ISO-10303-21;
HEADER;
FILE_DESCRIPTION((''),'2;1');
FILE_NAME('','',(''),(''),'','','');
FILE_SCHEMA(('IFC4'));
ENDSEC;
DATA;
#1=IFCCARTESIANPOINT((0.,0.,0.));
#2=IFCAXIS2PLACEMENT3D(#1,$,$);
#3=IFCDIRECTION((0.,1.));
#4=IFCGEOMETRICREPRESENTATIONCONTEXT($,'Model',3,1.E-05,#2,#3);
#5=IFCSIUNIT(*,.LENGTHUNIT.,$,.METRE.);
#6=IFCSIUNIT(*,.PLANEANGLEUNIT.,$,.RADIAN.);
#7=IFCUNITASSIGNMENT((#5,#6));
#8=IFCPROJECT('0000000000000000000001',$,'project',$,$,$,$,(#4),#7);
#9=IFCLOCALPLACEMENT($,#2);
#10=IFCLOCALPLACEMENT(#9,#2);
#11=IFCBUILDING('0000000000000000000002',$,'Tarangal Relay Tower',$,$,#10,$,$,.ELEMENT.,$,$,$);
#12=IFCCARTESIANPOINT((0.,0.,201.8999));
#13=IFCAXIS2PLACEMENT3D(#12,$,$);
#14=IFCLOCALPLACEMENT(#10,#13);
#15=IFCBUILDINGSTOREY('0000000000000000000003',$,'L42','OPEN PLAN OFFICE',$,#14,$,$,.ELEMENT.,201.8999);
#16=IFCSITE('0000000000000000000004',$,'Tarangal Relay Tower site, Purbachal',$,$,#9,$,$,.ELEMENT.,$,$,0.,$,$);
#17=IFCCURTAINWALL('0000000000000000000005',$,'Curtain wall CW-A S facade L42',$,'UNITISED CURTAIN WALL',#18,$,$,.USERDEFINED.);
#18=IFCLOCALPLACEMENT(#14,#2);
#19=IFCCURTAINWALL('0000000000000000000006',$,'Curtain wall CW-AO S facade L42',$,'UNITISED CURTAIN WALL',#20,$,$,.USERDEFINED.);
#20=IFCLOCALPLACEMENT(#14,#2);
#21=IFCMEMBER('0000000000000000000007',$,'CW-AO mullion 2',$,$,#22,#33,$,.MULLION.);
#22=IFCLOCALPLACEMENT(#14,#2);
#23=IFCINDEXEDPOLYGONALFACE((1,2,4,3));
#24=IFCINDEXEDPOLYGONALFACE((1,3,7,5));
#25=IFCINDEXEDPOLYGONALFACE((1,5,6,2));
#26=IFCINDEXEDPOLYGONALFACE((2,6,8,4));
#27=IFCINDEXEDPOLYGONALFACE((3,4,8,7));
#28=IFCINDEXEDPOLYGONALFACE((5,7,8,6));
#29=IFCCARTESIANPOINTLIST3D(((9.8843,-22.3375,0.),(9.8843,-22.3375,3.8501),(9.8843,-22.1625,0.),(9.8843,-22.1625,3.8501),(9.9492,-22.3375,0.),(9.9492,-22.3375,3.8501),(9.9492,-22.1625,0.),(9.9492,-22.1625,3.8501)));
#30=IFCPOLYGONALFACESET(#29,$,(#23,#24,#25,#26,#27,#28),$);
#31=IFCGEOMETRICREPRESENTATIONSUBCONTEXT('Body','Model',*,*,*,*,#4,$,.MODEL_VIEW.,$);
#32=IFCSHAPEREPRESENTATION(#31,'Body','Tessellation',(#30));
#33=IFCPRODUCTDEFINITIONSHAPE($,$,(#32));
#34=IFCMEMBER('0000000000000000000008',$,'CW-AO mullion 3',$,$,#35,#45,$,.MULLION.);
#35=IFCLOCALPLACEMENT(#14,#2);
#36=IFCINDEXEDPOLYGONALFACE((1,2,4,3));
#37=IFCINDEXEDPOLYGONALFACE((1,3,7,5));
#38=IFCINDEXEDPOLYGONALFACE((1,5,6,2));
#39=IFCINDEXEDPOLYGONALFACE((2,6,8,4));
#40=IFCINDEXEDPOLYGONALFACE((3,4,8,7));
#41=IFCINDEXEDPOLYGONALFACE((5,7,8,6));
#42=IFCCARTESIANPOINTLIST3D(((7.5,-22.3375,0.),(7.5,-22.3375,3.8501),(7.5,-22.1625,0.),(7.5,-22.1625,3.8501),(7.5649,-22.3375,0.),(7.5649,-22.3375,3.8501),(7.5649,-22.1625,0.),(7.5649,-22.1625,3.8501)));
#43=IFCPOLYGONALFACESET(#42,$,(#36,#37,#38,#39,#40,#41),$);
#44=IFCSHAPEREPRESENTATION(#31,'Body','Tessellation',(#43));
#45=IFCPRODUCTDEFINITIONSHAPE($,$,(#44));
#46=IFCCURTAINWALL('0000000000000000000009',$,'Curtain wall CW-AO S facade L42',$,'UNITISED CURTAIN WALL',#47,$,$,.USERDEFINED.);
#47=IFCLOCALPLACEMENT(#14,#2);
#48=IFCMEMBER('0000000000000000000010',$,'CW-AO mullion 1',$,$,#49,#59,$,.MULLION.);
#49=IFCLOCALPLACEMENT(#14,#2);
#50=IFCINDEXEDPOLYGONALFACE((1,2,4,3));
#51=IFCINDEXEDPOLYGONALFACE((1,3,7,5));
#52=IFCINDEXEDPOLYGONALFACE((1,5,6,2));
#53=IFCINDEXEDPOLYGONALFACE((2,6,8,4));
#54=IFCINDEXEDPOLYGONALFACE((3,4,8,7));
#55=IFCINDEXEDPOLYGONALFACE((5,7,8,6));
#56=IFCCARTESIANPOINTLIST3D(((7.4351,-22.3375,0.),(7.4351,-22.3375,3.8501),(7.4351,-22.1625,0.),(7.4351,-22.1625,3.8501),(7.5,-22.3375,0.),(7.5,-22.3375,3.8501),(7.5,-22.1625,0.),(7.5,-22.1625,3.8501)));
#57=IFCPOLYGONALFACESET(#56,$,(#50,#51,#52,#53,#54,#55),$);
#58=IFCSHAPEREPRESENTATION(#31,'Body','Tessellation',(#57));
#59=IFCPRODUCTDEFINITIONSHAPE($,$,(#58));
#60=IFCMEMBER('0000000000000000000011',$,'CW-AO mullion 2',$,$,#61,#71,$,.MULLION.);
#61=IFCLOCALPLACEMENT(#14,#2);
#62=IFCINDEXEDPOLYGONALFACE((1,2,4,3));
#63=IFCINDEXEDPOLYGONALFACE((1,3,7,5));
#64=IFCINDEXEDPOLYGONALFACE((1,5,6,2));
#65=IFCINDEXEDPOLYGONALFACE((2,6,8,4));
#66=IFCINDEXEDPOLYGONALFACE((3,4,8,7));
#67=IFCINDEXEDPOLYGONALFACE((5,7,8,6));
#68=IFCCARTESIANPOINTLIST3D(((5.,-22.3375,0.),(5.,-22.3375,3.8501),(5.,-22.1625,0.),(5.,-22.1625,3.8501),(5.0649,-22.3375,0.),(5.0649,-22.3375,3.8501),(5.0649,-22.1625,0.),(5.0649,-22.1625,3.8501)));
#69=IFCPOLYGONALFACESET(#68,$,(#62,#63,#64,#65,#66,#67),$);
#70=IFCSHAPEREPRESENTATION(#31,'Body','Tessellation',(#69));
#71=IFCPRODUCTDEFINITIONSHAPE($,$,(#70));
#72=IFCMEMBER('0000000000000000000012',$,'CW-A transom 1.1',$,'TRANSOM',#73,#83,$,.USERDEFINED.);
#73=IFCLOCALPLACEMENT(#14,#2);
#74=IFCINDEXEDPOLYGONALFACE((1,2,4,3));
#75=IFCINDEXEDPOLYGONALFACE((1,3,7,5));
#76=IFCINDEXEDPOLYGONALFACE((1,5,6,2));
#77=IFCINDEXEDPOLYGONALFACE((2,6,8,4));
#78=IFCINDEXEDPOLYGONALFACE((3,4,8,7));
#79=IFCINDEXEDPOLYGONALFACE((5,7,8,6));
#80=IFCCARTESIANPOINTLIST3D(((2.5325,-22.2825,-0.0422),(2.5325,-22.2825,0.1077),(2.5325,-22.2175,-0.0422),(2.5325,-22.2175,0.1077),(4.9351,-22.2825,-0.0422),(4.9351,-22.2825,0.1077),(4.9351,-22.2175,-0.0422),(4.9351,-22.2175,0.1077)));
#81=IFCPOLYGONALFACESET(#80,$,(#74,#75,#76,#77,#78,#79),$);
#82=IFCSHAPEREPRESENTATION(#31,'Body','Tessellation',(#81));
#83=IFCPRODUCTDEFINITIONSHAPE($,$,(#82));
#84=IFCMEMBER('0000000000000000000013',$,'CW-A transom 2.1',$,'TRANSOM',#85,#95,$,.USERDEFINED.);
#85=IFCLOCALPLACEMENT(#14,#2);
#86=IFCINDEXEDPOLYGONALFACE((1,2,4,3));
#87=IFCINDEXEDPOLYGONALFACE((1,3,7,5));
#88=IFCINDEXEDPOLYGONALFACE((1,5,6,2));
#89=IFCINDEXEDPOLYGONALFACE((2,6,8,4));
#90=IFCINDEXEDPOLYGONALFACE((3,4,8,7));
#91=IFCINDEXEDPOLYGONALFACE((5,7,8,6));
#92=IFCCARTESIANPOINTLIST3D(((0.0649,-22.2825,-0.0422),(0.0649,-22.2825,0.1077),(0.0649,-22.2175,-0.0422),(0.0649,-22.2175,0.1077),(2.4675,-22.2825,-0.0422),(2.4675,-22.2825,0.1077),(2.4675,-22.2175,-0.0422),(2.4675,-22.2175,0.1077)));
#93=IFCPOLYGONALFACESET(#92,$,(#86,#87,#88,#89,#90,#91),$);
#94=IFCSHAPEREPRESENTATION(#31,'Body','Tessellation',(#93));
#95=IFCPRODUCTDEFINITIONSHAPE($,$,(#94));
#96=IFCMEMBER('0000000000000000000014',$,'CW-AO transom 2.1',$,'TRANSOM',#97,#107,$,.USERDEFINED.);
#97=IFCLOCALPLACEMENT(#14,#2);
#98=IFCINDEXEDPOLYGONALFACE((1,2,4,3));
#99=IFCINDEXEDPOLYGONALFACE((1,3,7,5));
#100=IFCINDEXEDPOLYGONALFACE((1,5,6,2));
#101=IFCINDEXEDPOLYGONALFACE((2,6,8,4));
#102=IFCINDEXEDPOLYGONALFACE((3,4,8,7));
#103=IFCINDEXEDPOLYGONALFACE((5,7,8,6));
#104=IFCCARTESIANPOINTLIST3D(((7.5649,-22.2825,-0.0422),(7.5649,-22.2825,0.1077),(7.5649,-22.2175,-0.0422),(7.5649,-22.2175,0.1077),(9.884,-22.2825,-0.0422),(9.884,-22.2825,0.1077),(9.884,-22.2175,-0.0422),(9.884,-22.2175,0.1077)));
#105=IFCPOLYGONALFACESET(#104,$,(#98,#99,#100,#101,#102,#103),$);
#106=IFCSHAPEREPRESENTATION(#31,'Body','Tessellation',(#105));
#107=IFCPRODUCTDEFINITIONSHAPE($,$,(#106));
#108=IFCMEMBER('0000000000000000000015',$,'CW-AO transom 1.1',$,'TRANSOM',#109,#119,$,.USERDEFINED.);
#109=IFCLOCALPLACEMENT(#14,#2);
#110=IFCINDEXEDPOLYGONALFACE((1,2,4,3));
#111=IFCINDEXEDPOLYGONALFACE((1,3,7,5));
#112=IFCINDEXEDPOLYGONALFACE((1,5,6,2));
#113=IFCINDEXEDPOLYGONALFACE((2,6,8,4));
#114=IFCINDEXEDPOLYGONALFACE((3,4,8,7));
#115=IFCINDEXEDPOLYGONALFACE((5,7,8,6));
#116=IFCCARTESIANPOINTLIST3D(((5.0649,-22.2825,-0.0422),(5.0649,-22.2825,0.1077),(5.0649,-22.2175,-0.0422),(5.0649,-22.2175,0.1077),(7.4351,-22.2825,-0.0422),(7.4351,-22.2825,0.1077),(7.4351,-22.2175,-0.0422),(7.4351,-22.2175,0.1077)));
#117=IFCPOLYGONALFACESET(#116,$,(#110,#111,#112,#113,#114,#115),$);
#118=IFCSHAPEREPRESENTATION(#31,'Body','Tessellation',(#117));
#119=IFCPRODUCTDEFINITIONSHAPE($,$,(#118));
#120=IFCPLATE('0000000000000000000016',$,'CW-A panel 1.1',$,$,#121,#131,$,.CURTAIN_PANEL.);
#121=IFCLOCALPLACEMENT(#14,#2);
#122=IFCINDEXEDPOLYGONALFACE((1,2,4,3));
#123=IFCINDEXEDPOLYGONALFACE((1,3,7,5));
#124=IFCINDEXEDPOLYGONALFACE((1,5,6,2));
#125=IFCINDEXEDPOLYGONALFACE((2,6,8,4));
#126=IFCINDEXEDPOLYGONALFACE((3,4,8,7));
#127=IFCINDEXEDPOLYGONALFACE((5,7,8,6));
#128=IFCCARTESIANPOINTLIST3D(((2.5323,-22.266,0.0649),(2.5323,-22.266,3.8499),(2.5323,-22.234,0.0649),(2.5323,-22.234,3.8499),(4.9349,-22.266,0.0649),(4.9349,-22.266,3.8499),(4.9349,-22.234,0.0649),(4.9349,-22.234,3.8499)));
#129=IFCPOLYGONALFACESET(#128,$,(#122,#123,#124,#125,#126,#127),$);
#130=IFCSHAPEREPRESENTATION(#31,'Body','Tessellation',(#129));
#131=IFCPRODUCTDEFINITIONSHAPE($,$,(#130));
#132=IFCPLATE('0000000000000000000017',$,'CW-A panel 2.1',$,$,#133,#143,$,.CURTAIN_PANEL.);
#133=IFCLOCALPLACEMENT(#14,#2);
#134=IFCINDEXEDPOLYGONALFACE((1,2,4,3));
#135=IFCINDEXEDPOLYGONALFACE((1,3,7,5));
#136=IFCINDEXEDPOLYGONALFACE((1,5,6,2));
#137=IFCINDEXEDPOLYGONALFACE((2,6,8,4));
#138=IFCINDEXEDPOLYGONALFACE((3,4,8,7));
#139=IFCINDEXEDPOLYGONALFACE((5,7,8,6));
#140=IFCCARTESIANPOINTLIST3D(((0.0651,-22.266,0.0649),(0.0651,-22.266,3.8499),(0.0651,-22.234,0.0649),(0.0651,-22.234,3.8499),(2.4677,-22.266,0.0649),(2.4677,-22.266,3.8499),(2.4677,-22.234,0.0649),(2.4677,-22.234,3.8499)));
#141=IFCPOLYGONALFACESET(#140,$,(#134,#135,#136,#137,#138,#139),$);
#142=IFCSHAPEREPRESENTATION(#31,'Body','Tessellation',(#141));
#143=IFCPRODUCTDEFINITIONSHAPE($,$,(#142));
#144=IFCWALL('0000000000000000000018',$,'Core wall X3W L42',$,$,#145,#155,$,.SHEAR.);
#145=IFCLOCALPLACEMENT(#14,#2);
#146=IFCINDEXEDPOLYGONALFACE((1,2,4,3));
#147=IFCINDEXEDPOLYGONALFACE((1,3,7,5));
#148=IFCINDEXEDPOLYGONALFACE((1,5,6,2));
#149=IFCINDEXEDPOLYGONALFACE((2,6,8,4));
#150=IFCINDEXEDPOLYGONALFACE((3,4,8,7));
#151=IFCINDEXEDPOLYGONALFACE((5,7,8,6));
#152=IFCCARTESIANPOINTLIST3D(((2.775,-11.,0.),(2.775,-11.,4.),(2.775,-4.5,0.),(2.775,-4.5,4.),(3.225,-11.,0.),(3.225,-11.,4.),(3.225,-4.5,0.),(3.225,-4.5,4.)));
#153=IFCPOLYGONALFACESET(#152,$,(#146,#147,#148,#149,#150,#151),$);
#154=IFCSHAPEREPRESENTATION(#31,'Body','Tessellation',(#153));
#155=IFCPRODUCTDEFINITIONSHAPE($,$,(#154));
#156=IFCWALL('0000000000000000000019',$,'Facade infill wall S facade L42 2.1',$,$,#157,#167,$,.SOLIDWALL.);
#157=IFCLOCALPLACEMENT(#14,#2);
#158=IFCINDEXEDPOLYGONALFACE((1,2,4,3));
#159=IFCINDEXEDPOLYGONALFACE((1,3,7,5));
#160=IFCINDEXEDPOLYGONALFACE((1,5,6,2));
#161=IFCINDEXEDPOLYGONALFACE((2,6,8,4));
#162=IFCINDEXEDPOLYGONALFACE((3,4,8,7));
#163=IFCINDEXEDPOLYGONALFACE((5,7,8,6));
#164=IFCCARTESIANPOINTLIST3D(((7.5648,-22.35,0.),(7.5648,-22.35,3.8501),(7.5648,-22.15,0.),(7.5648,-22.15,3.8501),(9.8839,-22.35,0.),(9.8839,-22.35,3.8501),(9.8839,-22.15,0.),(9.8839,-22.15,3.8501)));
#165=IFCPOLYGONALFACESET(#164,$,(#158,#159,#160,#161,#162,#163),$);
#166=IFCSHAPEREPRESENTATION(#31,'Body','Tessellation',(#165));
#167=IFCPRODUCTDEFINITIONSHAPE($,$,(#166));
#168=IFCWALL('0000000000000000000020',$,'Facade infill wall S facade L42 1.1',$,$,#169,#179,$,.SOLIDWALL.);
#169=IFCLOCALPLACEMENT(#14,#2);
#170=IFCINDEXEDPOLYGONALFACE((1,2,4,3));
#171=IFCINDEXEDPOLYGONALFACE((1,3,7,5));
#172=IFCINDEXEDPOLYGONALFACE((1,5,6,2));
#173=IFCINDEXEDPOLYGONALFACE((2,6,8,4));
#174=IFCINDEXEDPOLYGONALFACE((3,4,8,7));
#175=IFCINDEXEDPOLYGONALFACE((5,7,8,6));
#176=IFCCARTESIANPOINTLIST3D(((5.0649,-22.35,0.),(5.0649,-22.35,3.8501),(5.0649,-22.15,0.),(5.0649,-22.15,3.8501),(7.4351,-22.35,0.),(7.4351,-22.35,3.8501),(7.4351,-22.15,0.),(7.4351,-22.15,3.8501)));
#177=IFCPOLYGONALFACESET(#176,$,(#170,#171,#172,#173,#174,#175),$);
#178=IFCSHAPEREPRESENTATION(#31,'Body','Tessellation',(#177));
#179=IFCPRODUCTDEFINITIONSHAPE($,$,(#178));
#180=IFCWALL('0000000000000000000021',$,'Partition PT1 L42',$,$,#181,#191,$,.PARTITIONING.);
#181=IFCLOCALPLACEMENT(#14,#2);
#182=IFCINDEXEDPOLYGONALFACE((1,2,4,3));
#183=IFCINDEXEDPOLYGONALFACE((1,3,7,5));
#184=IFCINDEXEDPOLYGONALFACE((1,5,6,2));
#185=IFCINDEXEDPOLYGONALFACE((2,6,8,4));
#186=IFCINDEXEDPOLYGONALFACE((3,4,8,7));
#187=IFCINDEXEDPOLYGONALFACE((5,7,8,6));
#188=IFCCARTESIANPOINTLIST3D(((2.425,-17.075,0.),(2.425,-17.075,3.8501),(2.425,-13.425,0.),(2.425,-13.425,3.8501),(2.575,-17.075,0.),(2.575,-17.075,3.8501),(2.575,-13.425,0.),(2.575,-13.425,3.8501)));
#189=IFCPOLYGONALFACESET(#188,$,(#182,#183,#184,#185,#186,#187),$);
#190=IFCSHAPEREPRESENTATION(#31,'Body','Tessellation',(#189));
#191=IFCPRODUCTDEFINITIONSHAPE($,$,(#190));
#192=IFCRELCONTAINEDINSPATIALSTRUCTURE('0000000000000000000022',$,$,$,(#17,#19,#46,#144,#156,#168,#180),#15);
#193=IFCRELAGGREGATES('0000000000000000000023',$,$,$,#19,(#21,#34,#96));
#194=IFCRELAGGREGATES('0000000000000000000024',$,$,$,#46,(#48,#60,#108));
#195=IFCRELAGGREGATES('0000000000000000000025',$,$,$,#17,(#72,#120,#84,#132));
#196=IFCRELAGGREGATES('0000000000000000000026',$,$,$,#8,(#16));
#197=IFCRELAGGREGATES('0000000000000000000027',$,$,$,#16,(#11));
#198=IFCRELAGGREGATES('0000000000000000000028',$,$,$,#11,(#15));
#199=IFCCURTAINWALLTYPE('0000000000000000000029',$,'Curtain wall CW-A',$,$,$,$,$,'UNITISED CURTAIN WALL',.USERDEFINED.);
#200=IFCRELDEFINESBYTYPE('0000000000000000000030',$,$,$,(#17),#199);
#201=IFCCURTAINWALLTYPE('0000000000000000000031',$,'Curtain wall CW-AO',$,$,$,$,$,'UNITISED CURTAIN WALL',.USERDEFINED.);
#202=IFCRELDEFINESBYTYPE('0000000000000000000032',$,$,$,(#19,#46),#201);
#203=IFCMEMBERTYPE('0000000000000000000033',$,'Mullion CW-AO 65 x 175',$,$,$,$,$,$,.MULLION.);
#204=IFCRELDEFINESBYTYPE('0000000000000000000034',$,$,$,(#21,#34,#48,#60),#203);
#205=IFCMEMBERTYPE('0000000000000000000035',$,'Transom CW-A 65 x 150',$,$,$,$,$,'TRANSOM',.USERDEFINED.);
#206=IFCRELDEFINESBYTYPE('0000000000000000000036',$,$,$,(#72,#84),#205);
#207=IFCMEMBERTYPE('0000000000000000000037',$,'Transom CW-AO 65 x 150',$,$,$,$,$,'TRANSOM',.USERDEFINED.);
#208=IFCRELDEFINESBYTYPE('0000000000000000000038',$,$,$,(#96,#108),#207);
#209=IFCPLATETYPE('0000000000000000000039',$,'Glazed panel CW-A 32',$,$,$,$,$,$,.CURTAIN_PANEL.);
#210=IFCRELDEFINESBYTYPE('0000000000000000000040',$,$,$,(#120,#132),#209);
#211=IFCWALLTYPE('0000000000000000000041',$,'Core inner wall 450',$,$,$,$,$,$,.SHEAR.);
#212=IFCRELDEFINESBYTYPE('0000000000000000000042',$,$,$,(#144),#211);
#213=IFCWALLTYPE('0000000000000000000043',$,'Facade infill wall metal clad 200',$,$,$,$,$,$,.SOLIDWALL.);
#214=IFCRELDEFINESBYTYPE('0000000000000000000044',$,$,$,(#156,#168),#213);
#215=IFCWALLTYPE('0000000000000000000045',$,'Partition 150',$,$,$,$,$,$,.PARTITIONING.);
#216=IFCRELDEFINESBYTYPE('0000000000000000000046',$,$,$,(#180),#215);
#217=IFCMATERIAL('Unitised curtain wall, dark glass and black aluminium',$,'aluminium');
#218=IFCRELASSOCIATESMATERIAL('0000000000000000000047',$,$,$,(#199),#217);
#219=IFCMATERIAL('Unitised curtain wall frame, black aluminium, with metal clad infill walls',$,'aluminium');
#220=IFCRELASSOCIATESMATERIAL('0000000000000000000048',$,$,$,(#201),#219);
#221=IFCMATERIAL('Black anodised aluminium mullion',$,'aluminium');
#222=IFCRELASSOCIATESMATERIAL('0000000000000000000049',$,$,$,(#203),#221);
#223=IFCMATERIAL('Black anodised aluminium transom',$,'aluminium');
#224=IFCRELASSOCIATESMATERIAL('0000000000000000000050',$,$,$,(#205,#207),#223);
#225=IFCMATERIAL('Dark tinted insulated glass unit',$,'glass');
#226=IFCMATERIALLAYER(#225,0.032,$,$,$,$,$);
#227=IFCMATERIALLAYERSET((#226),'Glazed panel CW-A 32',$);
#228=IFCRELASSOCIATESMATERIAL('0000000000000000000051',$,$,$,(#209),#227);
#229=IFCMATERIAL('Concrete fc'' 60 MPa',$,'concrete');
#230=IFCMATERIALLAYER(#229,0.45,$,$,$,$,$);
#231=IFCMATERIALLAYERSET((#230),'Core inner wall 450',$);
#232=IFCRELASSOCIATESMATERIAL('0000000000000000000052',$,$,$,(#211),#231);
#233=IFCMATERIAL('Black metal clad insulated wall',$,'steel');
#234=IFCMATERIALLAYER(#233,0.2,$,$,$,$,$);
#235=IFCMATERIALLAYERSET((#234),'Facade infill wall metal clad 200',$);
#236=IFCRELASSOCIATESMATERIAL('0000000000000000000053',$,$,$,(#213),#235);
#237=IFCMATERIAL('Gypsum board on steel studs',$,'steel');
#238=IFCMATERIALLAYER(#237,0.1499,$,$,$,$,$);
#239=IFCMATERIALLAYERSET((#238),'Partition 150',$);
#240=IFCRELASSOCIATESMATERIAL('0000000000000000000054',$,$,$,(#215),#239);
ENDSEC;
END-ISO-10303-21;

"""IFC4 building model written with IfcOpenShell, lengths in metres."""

from ifc_helpers import new_model, si_unit, direction, frame, frame_2d, origin, origin_2d, place, context, subcontext, project, spatial, rectangle, extrude, material, layer, layer_set, material_profile, profile_set, type_object, element, aggregate, save


model = new_model("IFC4")

# Units and contexts
model_context = context("Model", 3, precision=1e-05, world=origin(), true_north=direction((0.0, 1.0)))
body_context = subcontext(model_context, "Body", "Model", "MODEL_VIEW")
ifc_project = project(units=[si_unit("LENGTHUNIT", "METRE"), si_unit("PLANEANGLEUNIT", "RADIAN")], contexts=[model_context])

# Site, building, storey
site_placement = place(None, origin())
site = spatial("IfcSite", under=ifc_project, at=site_placement, Name="Tarangal Relay Tower site, Purbachal", CompositionType="ELEMENT", RefElevation=0.0)
building_placement = place(site_placement, origin())
building = spatial("IfcBuilding", under=site, at=building_placement, Name="Tarangal Relay Tower", CompositionType="ELEMENT")
storey_placement = place(building_placement, frame((0.0, 0.0, 201.8999)))
storey = spatial("IfcBuildingStorey", under=building, at=storey_placement, Name="L42", Description="OPEN PLAN OFFICE", CompositionType="ELEMENT", Elevation=201.8999)

# Curtain walls, members
ifc_material_1 = material(Name="Unitised curtain wall, dark glass and black aluminium", Category="aluminium")
curtain_wall_type_1 = type_object("IfcCurtainWallType", Name="Curtain wall CW-A", ElementType="UNITISED CURTAIN WALL", PredefinedType="USERDEFINED", material=ifc_material_1)
curtain_wall_1_placement = place(storey_placement, origin())
curtain_wall_1 = element("IfcCurtainWall", 1, at=curtain_wall_1_placement, inside=storey, type_object=curtain_wall_type_1, Name="Curtain wall CW-A S facade L42", ObjectType="UNITISED CURTAIN WALL", PredefinedType="USERDEFINED")
ifc_material_2 = material(Name="Black anodised aluminium mullion", Category="aluminium")
ifc_material_3 = material(Name="Unitised curtain wall frame, black aluminium, with metal clad infill walls", Category="aluminium")
curtain_wall_type_2 = type_object("IfcCurtainWallType", Name="Curtain wall CW-AO", ElementType="UNITISED CURTAIN WALL", PredefinedType="USERDEFINED", material=ifc_material_3)
curtain_wall_2_placement = place(storey_placement, origin())
curtain_wall_2 = element("IfcCurtainWall", 2, at=curtain_wall_2_placement, inside=storey, type_object=curtain_wall_type_2, Name="Curtain wall CW-AO S facade L42", ObjectType="UNITISED CURTAIN WALL", PredefinedType="USERDEFINED")
ifc_material_profile_1 = material_profile(ifc_material_2, rectangle(XDim=0.175, YDim=0.0649, at=origin_2d()), Name="CW-AOM 65X175")
ifc_profile_set_1 = profile_set([ifc_material_profile_1], Name="Black anodised aluminium mullion")
member_type_1 = type_object("IfcMemberType", Name="Mullion CW-AO 65 x 175", PredefinedType="MULLION", material=ifc_profile_set_1)
member_1_placement = place(storey_placement, frame((9.9167, -22.25, 0.0), z_axis=(0.0, 0.0, 1.0), x_axis=(0.0, -1.0, 0.0)))
member_1 = element("IfcMember", 3, at=member_1_placement, type_object=member_type_1, Name="CW-AO mullion 2", PredefinedType="MULLION", context=body_context, shape_type="SweptSolid", body=[
    extrude(rectangle(XDim=0.175, YDim=0.0649, at=origin_2d()), origin(), (0.0, 0.0, 1.0), 3.8501),
])
member_2_placement = place(storey_placement, frame((7.5325, -22.25, 0.0), z_axis=(0.0, 0.0, 1.0), x_axis=(0.0, -1.0, 0.0)))
member_2 = element("IfcMember", 4, at=member_2_placement, type_object=member_type_1, Name="CW-AO mullion 3", PredefinedType="MULLION", context=body_context, shape_type="SweptSolid", body=[
    extrude(rectangle(XDim=0.175, YDim=0.0649, at=origin_2d()), origin(), (0.0, 0.0, 1.0), 3.8501),
])
curtain_wall_3_placement = place(storey_placement, origin())
curtain_wall_3 = element("IfcCurtainWall", 5, at=curtain_wall_3_placement, inside=storey, type_object=curtain_wall_type_2, Name="Curtain wall CW-AO S facade L42", ObjectType="UNITISED CURTAIN WALL", PredefinedType="USERDEFINED")
member_3_placement = place(storey_placement, frame((7.4675, -22.25, 0.0), z_axis=(0.0, 0.0, 1.0), x_axis=(0.0, -1.0, 0.0)))
member_3 = element("IfcMember", 6, at=member_3_placement, type_object=member_type_1, Name="CW-AO mullion 1", PredefinedType="MULLION", context=body_context, shape_type="SweptSolid", body=[
    extrude(rectangle(XDim=0.175, YDim=0.0649, at=origin_2d()), origin(), (0.0, 0.0, 1.0), 3.8501),
])
member_4_placement = place(storey_placement, frame((5.0325, -22.25, 0.0), z_axis=(0.0, 0.0, 1.0), x_axis=(0.0, -1.0, 0.0)))
member_4 = element("IfcMember", 7, at=member_4_placement, type_object=member_type_1, Name="CW-AO mullion 2", PredefinedType="MULLION", context=body_context, shape_type="SweptSolid", body=[
    extrude(rectangle(XDim=0.175, YDim=0.0649, at=origin_2d()), origin(), (0.0, 0.0, 1.0), 3.8501),
])

# Members
ifc_material_4 = material(Name="Black anodised aluminium transom", Category="aluminium")
ifc_material_profile_2 = material_profile(ifc_material_4, rectangle(XDim=0.0649, YDim=0.1499, at=origin_2d()), Name="CW-AT 65X150")
ifc_profile_set_2 = profile_set([ifc_material_profile_2], Name="Black anodised aluminium transom")
member_type_2 = type_object("IfcMemberType", Name="Transom CW-A 65 x 150", ElementType="TRANSOM", PredefinedType="USERDEFINED", material=ifc_profile_set_2)
member_5_placement = place(storey_placement, frame((4.9351, -22.25, 0.0327), z_axis=(-1.0, 0.0, 0.0), x_axis=(0.0, -1.0, 0.0)))
member_5 = element("IfcMember", 8, at=member_5_placement, type_object=member_type_2, Name="CW-A transom 1.1", ObjectType="TRANSOM", PredefinedType="USERDEFINED", context=body_context, shape_type="SweptSolid", body=[
    extrude(rectangle(XDim=0.0649, YDim=0.1499, at=origin_2d()), origin(), (0.0, 0.0, 1.0), 2.4026),
])
member_6_placement = place(storey_placement, frame((2.4675, -22.25, 0.0327), z_axis=(-1.0, 0.0, 0.0), x_axis=(0.0, -1.0, 0.0)))
member_6 = element("IfcMember", 9, at=member_6_placement, type_object=member_type_2, Name="CW-A transom 2.1", ObjectType="TRANSOM", PredefinedType="USERDEFINED", context=body_context, shape_type="SweptSolid", body=[
    extrude(rectangle(XDim=0.0649, YDim=0.1499, at=origin_2d()), origin(), (0.0, 0.0, 1.0), 2.4026),
])
ifc_material_profile_3 = material_profile(ifc_material_4, rectangle(XDim=0.0649, YDim=0.1499, at=origin_2d()), Name="CW-AOT 65X150")
ifc_profile_set_3 = profile_set([ifc_material_profile_3], Name="Black anodised aluminium transom")
member_type_3 = type_object("IfcMemberType", Name="Transom CW-AO 65 x 150", ElementType="TRANSOM", PredefinedType="USERDEFINED", material=ifc_profile_set_3)
member_7_placement = place(storey_placement, frame((9.884, -22.25, 0.0327), z_axis=(-1.0, 0.0, 0.0), x_axis=(0.0, -1.0, 0.0)))
member_7 = element("IfcMember", 10, at=member_7_placement, type_object=member_type_3, Name="CW-AO transom 2.1", ObjectType="TRANSOM", PredefinedType="USERDEFINED", context=body_context, shape_type="SweptSolid", body=[
    extrude(rectangle(XDim=0.0649, YDim=0.1499, at=origin_2d()), origin(), (0.0, 0.0, 1.0), 2.3191),
])
aggregate(curtain_wall_2, [member_1, member_2, member_7])
member_8_placement = place(storey_placement, frame((7.4351, -22.25, 0.0327), z_axis=(-1.0, 0.0, 0.0), x_axis=(0.0, -1.0, 0.0)))
member_8 = element("IfcMember", 11, at=member_8_placement, type_object=member_type_3, Name="CW-AO transom 1.1", ObjectType="TRANSOM", PredefinedType="USERDEFINED", context=body_context, shape_type="SweptSolid", body=[
    extrude(rectangle(XDim=0.0649, YDim=0.1499, at=origin_2d()), origin(), (0.0, 0.0, 1.0), 2.3701),
])
aggregate(curtain_wall_3, [member_3, member_4, member_8])

# Plates
ifc_material_5 = material(Name="Dark tinted insulated glass unit", Category="glass")
ifc_layer_1 = layer(ifc_material_5, 0.032)
ifc_layer_set_1 = layer_set([ifc_layer_1], Name="Glazed panel CW-A 32")
plate_type = type_object("IfcPlateType", Name="Glazed panel CW-A 32", PredefinedType="CURTAIN_PANEL", material=ifc_layer_set_1)
plate_1_placement = place(storey_placement, frame((3.7336, -22.25, 0.0649), z_axis=(0.0, 0.0, 1.0), x_axis=(-1.0, 0.0, 0.0)))
plate_1 = element("IfcPlate", 12, at=plate_1_placement, type_object=plate_type, Name="CW-A panel 1.1", PredefinedType="CURTAIN_PANEL", context=body_context, shape_type="SweptSolid", body=[
    extrude(rectangle(XDim=2.4026, YDim=0.032, at=origin_2d()), origin(), (0.0, 0.0, 1.0), 3.7849),
])
plate_2_placement = place(storey_placement, frame((1.2664, -22.25, 0.0649), z_axis=(0.0, 0.0, 1.0), x_axis=(-1.0, 0.0, 0.0)))
plate_2 = element("IfcPlate", 13, at=plate_2_placement, type_object=plate_type, Name="CW-A panel 2.1", PredefinedType="CURTAIN_PANEL", context=body_context, shape_type="SweptSolid", body=[
    extrude(rectangle(XDim=2.4026, YDim=0.032, at=origin_2d()), origin(), (0.0, 0.0, 1.0), 3.7849),
])
aggregate(curtain_wall_1, [member_5, plate_1, member_6, plate_2])

# Walls
ifc_material_6 = material(Name="Concrete fc' 60 MPa", Category="concrete")
ifc_layer_2 = layer(ifc_material_6, 0.45)
ifc_layer_set_2 = layer_set([ifc_layer_2], Name="Core inner wall 450")
wall_type_1 = type_object("IfcWallType", Name="Core inner wall 450", PredefinedType="SHEAR", material=ifc_layer_set_2)
wall_1_placement = place(storey_placement, frame((3.0, -11.0, 0.0), z_axis=(0.0, 0.0, 1.0), x_axis=(0.0, 1.0, 0.0)))
element("IfcWall", 14, at=wall_1_placement, inside=storey, type_object=wall_type_1, Name="Core wall X3W L42", PredefinedType="SHEAR", context=body_context, shape_type="SweptSolid", body=[
    extrude(rectangle(XDim=6.5, YDim=0.45, at=frame_2d((3.25, 0.0))), origin(), (0.0, 0.0, 1.0), 4.0),
])
ifc_material_7 = material(Name="Black metal clad insulated wall", Category="steel")
ifc_layer_3 = layer(ifc_material_7, 0.2)
ifc_layer_set_3 = layer_set([ifc_layer_3], Name="Facade infill wall metal clad 200")
wall_type_2 = type_object("IfcWallType", Name="Facade infill wall metal clad 200", PredefinedType="SOLIDWALL", material=ifc_layer_set_3)
wall_2_placement = place(storey_placement, frame((9.884, -22.25, 0.0), z_axis=(0.0, 0.0, 1.0), x_axis=(-1.0, 0.0, 0.0)))
element("IfcWall", 15, at=wall_2_placement, inside=storey, type_object=wall_type_2, Name="Facade infill wall S facade L42 2.1", PredefinedType="SOLIDWALL", context=body_context, shape_type="SweptSolid", body=[
    extrude(rectangle(XDim=2.3191, YDim=0.2, at=frame_2d((1.1597, 0.0))), origin(), (0.0, 0.0, 1.0), 3.8501),
])
wall_3_placement = place(storey_placement, frame((7.4351, -22.25, 0.0), z_axis=(0.0, 0.0, 1.0), x_axis=(-1.0, 0.0, 0.0)))
element("IfcWall", 16, at=wall_3_placement, inside=storey, type_object=wall_type_2, Name="Facade infill wall S facade L42 1.1", PredefinedType="SOLIDWALL", context=body_context, shape_type="SweptSolid", body=[
    extrude(rectangle(XDim=2.3701, YDim=0.2, at=frame_2d((1.1851, 0.0))), origin(), (0.0, 0.0, 1.0), 3.8501),
])
ifc_material_8 = material(Name="Gypsum board on steel studs", Category="steel")
ifc_layer_4 = layer(ifc_material_8, 0.1499)
ifc_layer_set_4 = layer_set([ifc_layer_4], Name="Partition 150")
wall_type_3 = type_object("IfcWallType", Name="Partition 150", PredefinedType="PARTITIONING", material=ifc_layer_set_4)
wall_4_placement = place(storey_placement, frame((2.5, -17.075, 0.0), z_axis=(0.0, 0.0, 1.0), x_axis=(0.0, 1.0, 0.0)))
element("IfcWall", 17, at=wall_4_placement, inside=storey, type_object=wall_type_3, Name="Partition PT1 L42", PredefinedType="PARTITIONING", context=body_context, shape_type="SweptSolid", body=[
    extrude(rectangle(XDim=3.6499, YDim=0.1499, at=frame_2d((1.825, 0.0))), origin(), (0.0, 0.0, 1.0), 3.8501),
])

save(model, "model.ifc")
